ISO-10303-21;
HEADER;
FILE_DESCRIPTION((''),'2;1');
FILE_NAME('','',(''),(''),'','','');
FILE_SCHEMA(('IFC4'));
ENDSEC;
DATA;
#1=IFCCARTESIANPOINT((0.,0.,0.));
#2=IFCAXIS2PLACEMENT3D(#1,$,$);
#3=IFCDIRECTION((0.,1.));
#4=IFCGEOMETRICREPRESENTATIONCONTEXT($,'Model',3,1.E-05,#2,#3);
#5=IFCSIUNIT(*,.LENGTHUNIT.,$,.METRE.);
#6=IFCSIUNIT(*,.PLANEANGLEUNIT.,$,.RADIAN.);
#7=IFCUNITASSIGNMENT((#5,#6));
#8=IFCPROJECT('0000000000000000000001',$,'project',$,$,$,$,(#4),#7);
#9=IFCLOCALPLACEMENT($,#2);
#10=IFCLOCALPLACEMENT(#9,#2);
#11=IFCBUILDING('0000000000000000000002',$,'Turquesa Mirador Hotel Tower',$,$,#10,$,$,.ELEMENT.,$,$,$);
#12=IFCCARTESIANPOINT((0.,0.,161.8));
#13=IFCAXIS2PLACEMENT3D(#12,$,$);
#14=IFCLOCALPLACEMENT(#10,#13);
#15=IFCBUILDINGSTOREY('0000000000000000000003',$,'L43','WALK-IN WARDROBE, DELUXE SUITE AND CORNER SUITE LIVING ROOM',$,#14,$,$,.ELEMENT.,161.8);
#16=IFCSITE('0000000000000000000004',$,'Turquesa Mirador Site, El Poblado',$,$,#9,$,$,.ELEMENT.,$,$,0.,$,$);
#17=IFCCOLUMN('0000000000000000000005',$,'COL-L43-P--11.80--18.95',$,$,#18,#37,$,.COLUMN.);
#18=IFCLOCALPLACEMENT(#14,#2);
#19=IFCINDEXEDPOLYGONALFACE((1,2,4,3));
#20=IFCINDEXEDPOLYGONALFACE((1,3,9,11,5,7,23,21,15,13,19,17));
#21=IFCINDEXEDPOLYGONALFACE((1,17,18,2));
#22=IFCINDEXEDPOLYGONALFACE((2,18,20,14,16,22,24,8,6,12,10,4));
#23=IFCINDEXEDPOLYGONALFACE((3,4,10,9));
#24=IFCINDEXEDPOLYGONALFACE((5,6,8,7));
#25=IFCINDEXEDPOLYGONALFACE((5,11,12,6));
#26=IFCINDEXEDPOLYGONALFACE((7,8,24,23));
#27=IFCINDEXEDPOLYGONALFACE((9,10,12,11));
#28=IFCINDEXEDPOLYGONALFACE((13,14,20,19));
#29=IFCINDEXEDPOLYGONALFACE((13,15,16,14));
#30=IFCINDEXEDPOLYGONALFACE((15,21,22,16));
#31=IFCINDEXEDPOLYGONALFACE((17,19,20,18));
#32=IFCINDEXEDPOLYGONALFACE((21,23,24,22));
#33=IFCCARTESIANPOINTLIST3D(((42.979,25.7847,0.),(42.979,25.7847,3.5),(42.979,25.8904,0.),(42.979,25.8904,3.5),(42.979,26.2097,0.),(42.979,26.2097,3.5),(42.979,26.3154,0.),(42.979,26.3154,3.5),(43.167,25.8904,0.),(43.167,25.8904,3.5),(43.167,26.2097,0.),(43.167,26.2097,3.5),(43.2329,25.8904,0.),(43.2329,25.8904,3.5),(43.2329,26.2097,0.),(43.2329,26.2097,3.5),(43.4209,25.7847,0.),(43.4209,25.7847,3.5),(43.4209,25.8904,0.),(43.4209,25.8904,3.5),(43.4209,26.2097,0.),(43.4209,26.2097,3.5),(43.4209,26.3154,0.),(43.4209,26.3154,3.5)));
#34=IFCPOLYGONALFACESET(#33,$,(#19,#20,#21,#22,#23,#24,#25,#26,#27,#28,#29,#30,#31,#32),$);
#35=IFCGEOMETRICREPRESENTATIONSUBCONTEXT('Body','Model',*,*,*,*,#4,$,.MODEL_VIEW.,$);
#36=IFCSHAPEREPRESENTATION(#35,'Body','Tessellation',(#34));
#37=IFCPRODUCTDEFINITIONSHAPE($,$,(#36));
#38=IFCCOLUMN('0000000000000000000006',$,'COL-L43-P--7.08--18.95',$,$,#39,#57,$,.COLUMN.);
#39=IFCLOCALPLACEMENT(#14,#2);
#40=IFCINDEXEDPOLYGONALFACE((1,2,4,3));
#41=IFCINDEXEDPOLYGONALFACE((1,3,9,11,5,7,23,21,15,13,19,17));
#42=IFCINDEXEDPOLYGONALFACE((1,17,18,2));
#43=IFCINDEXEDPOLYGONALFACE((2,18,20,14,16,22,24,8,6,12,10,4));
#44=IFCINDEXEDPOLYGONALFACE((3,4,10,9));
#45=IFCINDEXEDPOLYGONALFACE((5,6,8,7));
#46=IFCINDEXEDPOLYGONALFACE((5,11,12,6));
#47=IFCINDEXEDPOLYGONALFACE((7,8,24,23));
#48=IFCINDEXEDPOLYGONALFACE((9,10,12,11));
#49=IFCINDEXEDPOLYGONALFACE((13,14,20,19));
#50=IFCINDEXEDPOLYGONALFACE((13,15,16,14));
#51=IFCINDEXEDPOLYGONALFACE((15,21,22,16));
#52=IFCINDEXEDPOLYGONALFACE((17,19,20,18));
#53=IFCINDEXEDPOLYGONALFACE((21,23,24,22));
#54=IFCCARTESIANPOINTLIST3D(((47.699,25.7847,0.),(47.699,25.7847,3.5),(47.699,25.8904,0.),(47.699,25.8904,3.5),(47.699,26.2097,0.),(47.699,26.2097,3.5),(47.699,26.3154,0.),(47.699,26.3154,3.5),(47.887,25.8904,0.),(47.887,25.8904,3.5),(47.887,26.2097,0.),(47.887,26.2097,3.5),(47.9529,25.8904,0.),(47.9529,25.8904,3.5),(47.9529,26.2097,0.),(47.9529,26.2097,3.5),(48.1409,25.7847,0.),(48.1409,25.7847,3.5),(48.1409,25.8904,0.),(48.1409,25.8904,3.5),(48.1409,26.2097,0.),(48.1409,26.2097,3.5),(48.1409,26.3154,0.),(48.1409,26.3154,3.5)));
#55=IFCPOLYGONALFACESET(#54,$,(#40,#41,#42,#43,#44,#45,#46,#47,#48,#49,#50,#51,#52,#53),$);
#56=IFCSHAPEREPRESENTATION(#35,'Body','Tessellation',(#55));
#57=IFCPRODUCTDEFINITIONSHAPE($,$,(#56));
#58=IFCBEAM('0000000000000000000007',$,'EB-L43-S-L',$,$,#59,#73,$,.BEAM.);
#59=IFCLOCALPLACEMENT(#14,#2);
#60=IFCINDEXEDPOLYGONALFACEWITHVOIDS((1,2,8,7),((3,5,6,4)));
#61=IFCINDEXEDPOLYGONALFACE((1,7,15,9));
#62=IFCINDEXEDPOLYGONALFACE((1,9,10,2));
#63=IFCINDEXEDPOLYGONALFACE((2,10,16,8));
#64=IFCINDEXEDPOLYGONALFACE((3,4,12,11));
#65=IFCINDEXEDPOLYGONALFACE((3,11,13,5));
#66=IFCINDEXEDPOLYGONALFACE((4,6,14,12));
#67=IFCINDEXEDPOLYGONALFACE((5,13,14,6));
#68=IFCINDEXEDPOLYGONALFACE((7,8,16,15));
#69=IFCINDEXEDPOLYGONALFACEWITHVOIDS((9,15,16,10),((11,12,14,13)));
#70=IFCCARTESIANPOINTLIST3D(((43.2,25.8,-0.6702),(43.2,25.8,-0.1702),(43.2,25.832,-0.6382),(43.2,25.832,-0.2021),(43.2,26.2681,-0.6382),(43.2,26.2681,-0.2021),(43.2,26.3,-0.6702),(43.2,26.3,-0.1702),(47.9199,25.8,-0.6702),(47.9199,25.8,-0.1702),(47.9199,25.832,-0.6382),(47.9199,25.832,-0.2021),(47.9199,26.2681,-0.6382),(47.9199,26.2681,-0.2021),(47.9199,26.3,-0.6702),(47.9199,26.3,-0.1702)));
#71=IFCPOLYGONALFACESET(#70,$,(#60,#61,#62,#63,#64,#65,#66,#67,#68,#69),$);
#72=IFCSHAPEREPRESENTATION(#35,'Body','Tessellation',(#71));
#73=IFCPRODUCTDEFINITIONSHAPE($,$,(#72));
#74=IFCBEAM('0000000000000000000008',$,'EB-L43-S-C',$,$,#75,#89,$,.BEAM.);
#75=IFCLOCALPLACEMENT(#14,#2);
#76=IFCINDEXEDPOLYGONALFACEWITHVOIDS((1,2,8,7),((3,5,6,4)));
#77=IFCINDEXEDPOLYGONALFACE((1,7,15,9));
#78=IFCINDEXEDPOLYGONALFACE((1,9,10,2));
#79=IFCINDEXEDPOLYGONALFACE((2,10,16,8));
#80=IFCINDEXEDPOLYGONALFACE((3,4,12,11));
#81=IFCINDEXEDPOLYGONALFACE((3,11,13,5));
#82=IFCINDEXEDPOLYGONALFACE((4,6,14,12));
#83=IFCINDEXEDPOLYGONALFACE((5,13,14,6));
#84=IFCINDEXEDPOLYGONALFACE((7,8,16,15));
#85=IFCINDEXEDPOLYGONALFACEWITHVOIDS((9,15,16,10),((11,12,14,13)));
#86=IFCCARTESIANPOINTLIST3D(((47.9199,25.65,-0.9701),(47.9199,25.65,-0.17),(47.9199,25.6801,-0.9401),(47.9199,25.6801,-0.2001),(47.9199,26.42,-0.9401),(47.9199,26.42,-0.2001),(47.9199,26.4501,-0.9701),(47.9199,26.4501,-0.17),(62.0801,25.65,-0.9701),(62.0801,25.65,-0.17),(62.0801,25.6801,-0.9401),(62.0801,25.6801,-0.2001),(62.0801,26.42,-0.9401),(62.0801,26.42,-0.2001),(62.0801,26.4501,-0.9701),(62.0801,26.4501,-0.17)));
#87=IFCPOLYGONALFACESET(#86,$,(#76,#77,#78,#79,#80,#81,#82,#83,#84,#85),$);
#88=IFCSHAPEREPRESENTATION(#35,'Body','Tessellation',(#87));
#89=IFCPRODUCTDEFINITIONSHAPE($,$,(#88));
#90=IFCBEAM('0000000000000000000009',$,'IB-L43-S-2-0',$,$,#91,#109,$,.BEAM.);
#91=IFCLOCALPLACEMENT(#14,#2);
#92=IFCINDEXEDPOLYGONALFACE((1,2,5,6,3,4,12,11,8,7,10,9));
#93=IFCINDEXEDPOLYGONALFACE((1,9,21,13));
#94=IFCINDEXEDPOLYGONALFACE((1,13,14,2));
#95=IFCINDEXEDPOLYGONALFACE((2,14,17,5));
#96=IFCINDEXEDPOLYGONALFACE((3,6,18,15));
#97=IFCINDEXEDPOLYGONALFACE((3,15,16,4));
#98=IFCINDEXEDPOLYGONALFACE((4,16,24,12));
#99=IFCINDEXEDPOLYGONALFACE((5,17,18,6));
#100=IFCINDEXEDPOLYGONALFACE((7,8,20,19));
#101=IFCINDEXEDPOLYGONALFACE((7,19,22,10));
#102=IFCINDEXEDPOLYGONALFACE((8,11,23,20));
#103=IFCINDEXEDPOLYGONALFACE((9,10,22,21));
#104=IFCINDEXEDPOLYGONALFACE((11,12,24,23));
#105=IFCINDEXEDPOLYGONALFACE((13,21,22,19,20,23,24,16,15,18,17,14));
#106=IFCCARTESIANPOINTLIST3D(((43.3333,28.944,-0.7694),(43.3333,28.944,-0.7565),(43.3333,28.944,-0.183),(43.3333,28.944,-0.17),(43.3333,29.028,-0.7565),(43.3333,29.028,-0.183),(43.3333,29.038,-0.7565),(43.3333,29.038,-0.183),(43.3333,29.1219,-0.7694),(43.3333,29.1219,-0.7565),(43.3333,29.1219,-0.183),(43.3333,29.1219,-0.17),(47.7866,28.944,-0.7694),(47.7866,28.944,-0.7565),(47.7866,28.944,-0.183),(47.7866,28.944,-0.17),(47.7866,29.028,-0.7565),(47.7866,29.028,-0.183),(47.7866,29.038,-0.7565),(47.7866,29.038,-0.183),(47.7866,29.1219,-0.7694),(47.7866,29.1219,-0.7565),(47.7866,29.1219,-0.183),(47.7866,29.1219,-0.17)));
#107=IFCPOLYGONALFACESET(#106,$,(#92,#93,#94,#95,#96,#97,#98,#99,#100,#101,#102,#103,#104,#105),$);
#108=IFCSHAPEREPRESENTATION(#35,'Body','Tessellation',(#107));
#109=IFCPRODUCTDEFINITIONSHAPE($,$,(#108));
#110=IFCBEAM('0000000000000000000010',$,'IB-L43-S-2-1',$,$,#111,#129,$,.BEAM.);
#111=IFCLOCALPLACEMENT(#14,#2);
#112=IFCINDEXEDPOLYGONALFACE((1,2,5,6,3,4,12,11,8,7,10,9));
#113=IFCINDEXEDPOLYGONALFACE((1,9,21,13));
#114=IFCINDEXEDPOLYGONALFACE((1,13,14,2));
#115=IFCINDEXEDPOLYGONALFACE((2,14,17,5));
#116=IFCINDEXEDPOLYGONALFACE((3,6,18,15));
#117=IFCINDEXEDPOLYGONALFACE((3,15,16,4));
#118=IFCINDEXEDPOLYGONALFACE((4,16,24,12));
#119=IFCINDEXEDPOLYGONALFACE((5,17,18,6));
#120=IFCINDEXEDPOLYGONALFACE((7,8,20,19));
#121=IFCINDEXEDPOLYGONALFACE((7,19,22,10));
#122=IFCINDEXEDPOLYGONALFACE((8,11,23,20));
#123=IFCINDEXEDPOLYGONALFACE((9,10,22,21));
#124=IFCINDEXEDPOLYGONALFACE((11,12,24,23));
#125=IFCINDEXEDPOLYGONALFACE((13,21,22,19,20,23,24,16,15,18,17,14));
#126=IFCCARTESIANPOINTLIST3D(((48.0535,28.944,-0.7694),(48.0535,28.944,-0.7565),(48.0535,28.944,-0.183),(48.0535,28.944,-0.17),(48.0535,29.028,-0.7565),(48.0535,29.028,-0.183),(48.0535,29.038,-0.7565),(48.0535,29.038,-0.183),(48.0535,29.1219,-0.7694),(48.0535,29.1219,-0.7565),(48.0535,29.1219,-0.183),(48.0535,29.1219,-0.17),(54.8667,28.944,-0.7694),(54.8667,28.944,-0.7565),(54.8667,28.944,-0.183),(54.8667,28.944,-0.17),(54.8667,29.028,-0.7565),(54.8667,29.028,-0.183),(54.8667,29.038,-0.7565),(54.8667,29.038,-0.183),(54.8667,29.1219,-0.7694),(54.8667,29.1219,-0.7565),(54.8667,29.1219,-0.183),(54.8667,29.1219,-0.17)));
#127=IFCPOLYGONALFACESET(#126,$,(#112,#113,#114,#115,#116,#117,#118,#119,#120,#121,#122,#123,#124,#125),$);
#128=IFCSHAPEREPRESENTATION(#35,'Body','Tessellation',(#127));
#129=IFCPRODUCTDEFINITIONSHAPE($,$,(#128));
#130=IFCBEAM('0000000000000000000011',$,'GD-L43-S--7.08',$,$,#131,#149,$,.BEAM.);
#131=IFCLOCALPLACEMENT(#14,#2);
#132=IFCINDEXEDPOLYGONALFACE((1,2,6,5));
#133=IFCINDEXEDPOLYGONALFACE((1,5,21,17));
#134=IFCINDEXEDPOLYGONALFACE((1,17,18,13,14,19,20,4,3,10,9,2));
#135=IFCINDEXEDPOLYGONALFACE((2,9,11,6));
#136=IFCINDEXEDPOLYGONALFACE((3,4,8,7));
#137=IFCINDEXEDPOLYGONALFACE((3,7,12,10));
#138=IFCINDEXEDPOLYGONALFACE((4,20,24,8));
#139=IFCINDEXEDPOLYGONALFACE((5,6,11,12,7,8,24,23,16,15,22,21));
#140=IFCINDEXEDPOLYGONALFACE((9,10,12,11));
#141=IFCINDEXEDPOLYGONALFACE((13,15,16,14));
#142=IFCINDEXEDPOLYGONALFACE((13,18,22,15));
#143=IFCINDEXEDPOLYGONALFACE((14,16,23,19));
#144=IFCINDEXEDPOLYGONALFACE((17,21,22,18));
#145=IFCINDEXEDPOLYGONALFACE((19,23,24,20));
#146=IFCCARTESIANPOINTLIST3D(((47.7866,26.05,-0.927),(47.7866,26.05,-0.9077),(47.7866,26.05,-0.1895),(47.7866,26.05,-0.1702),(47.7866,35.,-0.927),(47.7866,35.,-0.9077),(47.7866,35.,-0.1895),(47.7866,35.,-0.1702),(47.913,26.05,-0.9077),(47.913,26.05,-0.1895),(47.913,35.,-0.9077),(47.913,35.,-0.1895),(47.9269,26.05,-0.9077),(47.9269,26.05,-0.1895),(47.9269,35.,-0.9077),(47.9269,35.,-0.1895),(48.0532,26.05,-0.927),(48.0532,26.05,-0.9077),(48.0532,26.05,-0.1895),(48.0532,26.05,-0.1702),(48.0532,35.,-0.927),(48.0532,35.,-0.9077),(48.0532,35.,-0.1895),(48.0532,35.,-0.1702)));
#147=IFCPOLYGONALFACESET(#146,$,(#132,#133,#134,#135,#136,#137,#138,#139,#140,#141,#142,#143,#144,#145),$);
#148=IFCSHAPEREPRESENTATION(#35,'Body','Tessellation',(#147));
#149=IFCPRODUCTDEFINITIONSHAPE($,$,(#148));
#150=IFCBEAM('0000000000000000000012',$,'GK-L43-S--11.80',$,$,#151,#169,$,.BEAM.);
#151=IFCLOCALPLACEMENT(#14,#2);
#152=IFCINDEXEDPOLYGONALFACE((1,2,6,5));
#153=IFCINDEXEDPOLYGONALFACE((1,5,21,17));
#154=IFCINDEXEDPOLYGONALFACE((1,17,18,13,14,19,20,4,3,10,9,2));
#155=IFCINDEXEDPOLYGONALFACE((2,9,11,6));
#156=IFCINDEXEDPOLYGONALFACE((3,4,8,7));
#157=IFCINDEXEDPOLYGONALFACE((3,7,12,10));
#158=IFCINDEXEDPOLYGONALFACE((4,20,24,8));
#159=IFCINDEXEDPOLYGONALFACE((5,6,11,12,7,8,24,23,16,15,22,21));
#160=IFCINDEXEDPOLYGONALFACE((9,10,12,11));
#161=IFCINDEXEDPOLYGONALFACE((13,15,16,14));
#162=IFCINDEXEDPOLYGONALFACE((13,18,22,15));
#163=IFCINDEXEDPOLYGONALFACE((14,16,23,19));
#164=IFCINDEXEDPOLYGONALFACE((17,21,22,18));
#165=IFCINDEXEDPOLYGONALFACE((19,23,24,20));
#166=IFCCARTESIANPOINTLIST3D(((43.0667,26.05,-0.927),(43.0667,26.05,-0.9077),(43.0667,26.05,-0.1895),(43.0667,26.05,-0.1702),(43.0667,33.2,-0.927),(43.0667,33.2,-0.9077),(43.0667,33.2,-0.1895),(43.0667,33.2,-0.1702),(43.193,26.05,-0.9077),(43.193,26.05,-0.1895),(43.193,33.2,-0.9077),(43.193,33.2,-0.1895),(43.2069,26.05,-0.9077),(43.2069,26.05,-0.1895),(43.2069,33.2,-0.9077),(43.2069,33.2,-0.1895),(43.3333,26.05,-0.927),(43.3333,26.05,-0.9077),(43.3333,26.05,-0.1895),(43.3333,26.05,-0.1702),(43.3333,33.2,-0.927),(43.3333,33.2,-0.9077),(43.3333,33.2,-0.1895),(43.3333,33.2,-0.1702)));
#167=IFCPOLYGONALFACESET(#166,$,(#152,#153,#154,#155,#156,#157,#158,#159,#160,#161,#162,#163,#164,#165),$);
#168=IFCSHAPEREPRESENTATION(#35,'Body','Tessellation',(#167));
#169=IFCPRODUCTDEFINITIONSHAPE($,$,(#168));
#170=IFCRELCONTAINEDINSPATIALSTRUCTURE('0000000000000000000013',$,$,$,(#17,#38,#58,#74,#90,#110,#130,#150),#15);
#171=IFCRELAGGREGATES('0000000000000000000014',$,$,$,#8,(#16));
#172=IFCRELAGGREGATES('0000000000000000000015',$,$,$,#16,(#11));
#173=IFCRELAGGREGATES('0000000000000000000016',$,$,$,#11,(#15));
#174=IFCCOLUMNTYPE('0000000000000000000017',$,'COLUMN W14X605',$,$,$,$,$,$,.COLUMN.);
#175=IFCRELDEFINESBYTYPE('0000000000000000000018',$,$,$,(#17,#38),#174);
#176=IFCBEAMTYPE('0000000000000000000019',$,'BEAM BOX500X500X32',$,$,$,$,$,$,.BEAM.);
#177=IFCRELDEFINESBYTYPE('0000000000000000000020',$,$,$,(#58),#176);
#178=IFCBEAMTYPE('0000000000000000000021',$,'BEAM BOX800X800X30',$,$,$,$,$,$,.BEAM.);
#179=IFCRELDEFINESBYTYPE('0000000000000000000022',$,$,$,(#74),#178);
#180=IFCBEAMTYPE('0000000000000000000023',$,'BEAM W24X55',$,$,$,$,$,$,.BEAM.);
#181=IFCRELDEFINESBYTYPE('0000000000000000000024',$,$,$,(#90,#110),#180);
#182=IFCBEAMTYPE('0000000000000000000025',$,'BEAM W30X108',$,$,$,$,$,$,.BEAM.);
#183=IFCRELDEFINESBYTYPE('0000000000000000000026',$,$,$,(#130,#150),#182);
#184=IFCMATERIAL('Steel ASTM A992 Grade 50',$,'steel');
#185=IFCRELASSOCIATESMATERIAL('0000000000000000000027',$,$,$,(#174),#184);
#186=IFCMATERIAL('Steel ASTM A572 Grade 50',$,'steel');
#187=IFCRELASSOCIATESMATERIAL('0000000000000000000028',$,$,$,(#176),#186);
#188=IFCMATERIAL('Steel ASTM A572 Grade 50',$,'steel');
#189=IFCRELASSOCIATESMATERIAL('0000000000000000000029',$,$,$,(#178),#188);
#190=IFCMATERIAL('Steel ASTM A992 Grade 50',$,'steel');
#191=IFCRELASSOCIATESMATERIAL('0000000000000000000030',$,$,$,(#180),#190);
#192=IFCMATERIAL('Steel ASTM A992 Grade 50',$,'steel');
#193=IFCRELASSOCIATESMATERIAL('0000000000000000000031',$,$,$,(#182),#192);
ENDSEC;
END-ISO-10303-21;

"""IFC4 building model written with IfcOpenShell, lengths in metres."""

from ifc_helpers import new_model, si_unit, direction, frame, origin, origin_2d, place, context, subcontext, project, spatial, hollow_rectangle, i_section, extrude, material, material_profile, profile_set, type_object, element, save


model = new_model("IFC4")

# Units and contexts
model_context = context("Model", 3, precision=1e-05, world=origin(), true_north=direction((0.0, 1.0)))
body_context = subcontext(model_context, "Body", "Model", "MODEL_VIEW")
ifc_project = project(units=[si_unit("LENGTHUNIT", "METRE"), si_unit("PLANEANGLEUNIT", "RADIAN")], contexts=[model_context])

# Site, building, storey
site_placement = place(None, origin())
site = spatial("IfcSite", under=ifc_project, at=site_placement, Name="Turquesa Mirador Site, El Poblado", CompositionType="ELEMENT", RefElevation=0.0)
building_placement = place(site_placement, origin())
building = spatial("IfcBuilding", under=site, at=building_placement, Name="Turquesa Mirador Hotel Tower", CompositionType="ELEMENT")
storey_placement = place(building_placement, frame((0.0, 0.0, 161.8)))
storey = spatial("IfcBuildingStorey", under=building, at=storey_placement, Name="L43", Description="WALK-IN WARDROBE, DELUXE SUITE AND CORNER SUITE LIVING ROOM", CompositionType="ELEMENT", Elevation=161.8)

# Columns
ifc_material_1 = material(Name="Steel ASTM A992 Grade 50", Category="steel")
ifc_material_profile_1 = material_profile(ifc_material_1, i_section(OverallWidth=0.4419, OverallDepth=0.5308, WebThickness=0.0659, FlangeThickness=0.1057, at=origin_2d()), Name="W14X605")
ifc_profile_set_1 = profile_set([ifc_material_profile_1], Name="Steel ASTM A992 Grade 50")
column_type = type_object("IfcColumnType", Name="COLUMN W14X605", PredefinedType="COLUMN", material=ifc_profile_set_1)
for number, where, z_axis, x_axis, name in (
    (1, (43.2, 26.05, 0.0), (0.0, 0.0, 1.0), (1.0, 0.0, 0.0), "COL-L43-P--11.80--18.95"),
    (2, (47.9199, 26.05, 0.0), (0.0, 0.0, 1.0), (1.0, 0.0, 0.0), "COL-L43-P--7.08--18.95"),
):
    element("IfcColumn", number, at=place(storey_placement, frame(where, z_axis=z_axis, x_axis=x_axis)), inside=storey, type_object=column_type, Name=name, PredefinedType="COLUMN", context=body_context, shape_type="SweptSolid", body=[
        extrude(i_section(OverallWidth=0.4419, OverallDepth=0.5308, WebThickness=0.0659, FlangeThickness=0.1057, at=origin_2d()), origin(), (0.0, 0.0, 1.0), 3.5),
    ])

# Beams
ifc_material_2 = material(Name="Steel ASTM A572 Grade 50", Category="steel")
ifc_material_profile_2 = material_profile(ifc_material_2, hollow_rectangle(XDim=0.5, YDim=0.5, WallThickness=0.032, at=origin_2d()), Name="BOX500X500X32")
ifc_profile_set_2 = profile_set([ifc_material_profile_2], Name="Steel ASTM A572 Grade 50")
beam_type_1 = type_object("IfcBeamType", Name="BEAM BOX500X500X32", PredefinedType="BEAM", material=ifc_profile_set_2)
beam_1_placement = place(storey_placement, frame((43.2, 26.05, -0.4202), z_axis=(1.0, 0.0, 0.0), x_axis=(0.0, 1.0, 0.0)))
element("IfcBeam", 3, at=beam_1_placement, inside=storey, type_object=beam_type_1, Name="EB-L43-S-L", PredefinedType="BEAM", context=body_context, shape_type="SweptSolid", body=[
    extrude(hollow_rectangle(XDim=0.5, YDim=0.5, WallThickness=0.032, at=origin_2d()), origin(), (0.0, 0.0, 1.0), 4.72),
])
ifc_material_3 = material(Name="Steel ASTM A572 Grade 50", Category="steel")
ifc_material_profile_3 = material_profile(ifc_material_3, hollow_rectangle(XDim=0.8, YDim=0.8, WallThickness=0.03, at=origin_2d()), Name="BOX800X800X30")
ifc_profile_set_3 = profile_set([ifc_material_profile_3], Name="Steel ASTM A572 Grade 50")
beam_type_2 = type_object("IfcBeamType", Name="BEAM BOX800X800X30", PredefinedType="BEAM", material=ifc_profile_set_3)
beam_2_placement = place(storey_placement, frame((47.9199, 26.05, -0.5701), z_axis=(1.0, 0.0, 0.0), x_axis=(0.0, 1.0, 0.0)))
element("IfcBeam", 4, at=beam_2_placement, inside=storey, type_object=beam_type_2, Name="EB-L43-S-C", PredefinedType="BEAM", context=body_context, shape_type="SweptSolid", body=[
    extrude(hollow_rectangle(XDim=0.8, YDim=0.8, WallThickness=0.03, at=origin_2d()), origin(), (0.0, 0.0, 1.0), 14.1602),
])
ifc_material_4 = material(Name="Steel ASTM A992 Grade 50", Category="steel")
ifc_material_profile_4 = material_profile(ifc_material_4, i_section(OverallWidth=0.178, OverallDepth=0.5994, WebThickness=0.01, FlangeThickness=0.0129, at=origin_2d()), Name="W24X55")
ifc_profile_set_4 = profile_set([ifc_material_profile_4], Name="Steel ASTM A992 Grade 50")
beam_type_3 = type_object("IfcBeamType", Name="BEAM W24X55", PredefinedType="BEAM", material=ifc_profile_set_4)
beam_3_placement = place(storey_placement, frame((43.3333, 29.033, -0.4697), z_axis=(1.0, 0.0, 0.0), x_axis=(0.0, 1.0, 0.0)))
element("IfcBeam", 5, at=beam_3_placement, inside=storey, type_object=beam_type_3, Name="IB-L43-S-2-0", PredefinedType="BEAM", context=body_context, shape_type="SweptSolid", body=[
    extrude(i_section(OverallWidth=0.178, OverallDepth=0.5994, WebThickness=0.01, FlangeThickness=0.0129, at=origin_2d()), origin(), (0.0, 0.0, 1.0), 4.4534),
])
beam_4_placement = place(storey_placement, frame((48.0535, 29.033, -0.4697), z_axis=(1.0, 0.0, 0.0), x_axis=(0.0, 1.0, 0.0)))
element("IfcBeam", 6, at=beam_4_placement, inside=storey, type_object=beam_type_3, Name="IB-L43-S-2-1", PredefinedType="BEAM", context=body_context, shape_type="SweptSolid", body=[
    extrude(i_section(OverallWidth=0.178, OverallDepth=0.5994, WebThickness=0.01, FlangeThickness=0.0129, at=origin_2d()), origin(), (0.0, 0.0, 1.0), 6.8132),
])
ifc_material_5 = material(Name="Steel ASTM A992 Grade 50", Category="steel")
ifc_material_profile_5 = material_profile(ifc_material_5, i_section(OverallWidth=0.2666, OverallDepth=0.7568, WebThickness=0.0139, FlangeThickness=0.0193, at=origin_2d()), Name="W30X108")
ifc_profile_set_5 = profile_set([ifc_material_profile_5], Name="Steel ASTM A992 Grade 50")
beam_type_4 = type_object("IfcBeamType", Name="BEAM W30X108", PredefinedType="BEAM", material=ifc_profile_set_5)
beam_5_placement = place(storey_placement, frame((47.9199, 26.05, -0.5486), z_axis=(0.0, 1.0, 0.0), x_axis=(-1.0, 0.0, 0.0)))
element("IfcBeam", 7, at=beam_5_placement, inside=storey, type_object=beam_type_4, Name="GD-L43-S--7.08", PredefinedType="BEAM", context=body_context, shape_type="SweptSolid", body=[
    extrude(i_section(OverallWidth=0.2666, OverallDepth=0.7568, WebThickness=0.0139, FlangeThickness=0.0193, at=origin_2d()), origin(), (0.0, 0.0, 1.0), 8.95),
])
beam_6_placement = place(storey_placement, frame((43.2, 26.05, -0.5486), z_axis=(0.0, 1.0, 0.0), x_axis=(-1.0, 0.0, 0.0)))
element("IfcBeam", 8, at=beam_6_placement, inside=storey, type_object=beam_type_4, Name="GK-L43-S--11.80", PredefinedType="BEAM", context=body_context, shape_type="SweptSolid", body=[
    extrude(i_section(OverallWidth=0.2666, OverallDepth=0.7568, WebThickness=0.0139, FlangeThickness=0.0193, at=origin_2d()), origin(), (0.0, 0.0, 1.0), 7.1499),
])

save(model, "model.ifc")
